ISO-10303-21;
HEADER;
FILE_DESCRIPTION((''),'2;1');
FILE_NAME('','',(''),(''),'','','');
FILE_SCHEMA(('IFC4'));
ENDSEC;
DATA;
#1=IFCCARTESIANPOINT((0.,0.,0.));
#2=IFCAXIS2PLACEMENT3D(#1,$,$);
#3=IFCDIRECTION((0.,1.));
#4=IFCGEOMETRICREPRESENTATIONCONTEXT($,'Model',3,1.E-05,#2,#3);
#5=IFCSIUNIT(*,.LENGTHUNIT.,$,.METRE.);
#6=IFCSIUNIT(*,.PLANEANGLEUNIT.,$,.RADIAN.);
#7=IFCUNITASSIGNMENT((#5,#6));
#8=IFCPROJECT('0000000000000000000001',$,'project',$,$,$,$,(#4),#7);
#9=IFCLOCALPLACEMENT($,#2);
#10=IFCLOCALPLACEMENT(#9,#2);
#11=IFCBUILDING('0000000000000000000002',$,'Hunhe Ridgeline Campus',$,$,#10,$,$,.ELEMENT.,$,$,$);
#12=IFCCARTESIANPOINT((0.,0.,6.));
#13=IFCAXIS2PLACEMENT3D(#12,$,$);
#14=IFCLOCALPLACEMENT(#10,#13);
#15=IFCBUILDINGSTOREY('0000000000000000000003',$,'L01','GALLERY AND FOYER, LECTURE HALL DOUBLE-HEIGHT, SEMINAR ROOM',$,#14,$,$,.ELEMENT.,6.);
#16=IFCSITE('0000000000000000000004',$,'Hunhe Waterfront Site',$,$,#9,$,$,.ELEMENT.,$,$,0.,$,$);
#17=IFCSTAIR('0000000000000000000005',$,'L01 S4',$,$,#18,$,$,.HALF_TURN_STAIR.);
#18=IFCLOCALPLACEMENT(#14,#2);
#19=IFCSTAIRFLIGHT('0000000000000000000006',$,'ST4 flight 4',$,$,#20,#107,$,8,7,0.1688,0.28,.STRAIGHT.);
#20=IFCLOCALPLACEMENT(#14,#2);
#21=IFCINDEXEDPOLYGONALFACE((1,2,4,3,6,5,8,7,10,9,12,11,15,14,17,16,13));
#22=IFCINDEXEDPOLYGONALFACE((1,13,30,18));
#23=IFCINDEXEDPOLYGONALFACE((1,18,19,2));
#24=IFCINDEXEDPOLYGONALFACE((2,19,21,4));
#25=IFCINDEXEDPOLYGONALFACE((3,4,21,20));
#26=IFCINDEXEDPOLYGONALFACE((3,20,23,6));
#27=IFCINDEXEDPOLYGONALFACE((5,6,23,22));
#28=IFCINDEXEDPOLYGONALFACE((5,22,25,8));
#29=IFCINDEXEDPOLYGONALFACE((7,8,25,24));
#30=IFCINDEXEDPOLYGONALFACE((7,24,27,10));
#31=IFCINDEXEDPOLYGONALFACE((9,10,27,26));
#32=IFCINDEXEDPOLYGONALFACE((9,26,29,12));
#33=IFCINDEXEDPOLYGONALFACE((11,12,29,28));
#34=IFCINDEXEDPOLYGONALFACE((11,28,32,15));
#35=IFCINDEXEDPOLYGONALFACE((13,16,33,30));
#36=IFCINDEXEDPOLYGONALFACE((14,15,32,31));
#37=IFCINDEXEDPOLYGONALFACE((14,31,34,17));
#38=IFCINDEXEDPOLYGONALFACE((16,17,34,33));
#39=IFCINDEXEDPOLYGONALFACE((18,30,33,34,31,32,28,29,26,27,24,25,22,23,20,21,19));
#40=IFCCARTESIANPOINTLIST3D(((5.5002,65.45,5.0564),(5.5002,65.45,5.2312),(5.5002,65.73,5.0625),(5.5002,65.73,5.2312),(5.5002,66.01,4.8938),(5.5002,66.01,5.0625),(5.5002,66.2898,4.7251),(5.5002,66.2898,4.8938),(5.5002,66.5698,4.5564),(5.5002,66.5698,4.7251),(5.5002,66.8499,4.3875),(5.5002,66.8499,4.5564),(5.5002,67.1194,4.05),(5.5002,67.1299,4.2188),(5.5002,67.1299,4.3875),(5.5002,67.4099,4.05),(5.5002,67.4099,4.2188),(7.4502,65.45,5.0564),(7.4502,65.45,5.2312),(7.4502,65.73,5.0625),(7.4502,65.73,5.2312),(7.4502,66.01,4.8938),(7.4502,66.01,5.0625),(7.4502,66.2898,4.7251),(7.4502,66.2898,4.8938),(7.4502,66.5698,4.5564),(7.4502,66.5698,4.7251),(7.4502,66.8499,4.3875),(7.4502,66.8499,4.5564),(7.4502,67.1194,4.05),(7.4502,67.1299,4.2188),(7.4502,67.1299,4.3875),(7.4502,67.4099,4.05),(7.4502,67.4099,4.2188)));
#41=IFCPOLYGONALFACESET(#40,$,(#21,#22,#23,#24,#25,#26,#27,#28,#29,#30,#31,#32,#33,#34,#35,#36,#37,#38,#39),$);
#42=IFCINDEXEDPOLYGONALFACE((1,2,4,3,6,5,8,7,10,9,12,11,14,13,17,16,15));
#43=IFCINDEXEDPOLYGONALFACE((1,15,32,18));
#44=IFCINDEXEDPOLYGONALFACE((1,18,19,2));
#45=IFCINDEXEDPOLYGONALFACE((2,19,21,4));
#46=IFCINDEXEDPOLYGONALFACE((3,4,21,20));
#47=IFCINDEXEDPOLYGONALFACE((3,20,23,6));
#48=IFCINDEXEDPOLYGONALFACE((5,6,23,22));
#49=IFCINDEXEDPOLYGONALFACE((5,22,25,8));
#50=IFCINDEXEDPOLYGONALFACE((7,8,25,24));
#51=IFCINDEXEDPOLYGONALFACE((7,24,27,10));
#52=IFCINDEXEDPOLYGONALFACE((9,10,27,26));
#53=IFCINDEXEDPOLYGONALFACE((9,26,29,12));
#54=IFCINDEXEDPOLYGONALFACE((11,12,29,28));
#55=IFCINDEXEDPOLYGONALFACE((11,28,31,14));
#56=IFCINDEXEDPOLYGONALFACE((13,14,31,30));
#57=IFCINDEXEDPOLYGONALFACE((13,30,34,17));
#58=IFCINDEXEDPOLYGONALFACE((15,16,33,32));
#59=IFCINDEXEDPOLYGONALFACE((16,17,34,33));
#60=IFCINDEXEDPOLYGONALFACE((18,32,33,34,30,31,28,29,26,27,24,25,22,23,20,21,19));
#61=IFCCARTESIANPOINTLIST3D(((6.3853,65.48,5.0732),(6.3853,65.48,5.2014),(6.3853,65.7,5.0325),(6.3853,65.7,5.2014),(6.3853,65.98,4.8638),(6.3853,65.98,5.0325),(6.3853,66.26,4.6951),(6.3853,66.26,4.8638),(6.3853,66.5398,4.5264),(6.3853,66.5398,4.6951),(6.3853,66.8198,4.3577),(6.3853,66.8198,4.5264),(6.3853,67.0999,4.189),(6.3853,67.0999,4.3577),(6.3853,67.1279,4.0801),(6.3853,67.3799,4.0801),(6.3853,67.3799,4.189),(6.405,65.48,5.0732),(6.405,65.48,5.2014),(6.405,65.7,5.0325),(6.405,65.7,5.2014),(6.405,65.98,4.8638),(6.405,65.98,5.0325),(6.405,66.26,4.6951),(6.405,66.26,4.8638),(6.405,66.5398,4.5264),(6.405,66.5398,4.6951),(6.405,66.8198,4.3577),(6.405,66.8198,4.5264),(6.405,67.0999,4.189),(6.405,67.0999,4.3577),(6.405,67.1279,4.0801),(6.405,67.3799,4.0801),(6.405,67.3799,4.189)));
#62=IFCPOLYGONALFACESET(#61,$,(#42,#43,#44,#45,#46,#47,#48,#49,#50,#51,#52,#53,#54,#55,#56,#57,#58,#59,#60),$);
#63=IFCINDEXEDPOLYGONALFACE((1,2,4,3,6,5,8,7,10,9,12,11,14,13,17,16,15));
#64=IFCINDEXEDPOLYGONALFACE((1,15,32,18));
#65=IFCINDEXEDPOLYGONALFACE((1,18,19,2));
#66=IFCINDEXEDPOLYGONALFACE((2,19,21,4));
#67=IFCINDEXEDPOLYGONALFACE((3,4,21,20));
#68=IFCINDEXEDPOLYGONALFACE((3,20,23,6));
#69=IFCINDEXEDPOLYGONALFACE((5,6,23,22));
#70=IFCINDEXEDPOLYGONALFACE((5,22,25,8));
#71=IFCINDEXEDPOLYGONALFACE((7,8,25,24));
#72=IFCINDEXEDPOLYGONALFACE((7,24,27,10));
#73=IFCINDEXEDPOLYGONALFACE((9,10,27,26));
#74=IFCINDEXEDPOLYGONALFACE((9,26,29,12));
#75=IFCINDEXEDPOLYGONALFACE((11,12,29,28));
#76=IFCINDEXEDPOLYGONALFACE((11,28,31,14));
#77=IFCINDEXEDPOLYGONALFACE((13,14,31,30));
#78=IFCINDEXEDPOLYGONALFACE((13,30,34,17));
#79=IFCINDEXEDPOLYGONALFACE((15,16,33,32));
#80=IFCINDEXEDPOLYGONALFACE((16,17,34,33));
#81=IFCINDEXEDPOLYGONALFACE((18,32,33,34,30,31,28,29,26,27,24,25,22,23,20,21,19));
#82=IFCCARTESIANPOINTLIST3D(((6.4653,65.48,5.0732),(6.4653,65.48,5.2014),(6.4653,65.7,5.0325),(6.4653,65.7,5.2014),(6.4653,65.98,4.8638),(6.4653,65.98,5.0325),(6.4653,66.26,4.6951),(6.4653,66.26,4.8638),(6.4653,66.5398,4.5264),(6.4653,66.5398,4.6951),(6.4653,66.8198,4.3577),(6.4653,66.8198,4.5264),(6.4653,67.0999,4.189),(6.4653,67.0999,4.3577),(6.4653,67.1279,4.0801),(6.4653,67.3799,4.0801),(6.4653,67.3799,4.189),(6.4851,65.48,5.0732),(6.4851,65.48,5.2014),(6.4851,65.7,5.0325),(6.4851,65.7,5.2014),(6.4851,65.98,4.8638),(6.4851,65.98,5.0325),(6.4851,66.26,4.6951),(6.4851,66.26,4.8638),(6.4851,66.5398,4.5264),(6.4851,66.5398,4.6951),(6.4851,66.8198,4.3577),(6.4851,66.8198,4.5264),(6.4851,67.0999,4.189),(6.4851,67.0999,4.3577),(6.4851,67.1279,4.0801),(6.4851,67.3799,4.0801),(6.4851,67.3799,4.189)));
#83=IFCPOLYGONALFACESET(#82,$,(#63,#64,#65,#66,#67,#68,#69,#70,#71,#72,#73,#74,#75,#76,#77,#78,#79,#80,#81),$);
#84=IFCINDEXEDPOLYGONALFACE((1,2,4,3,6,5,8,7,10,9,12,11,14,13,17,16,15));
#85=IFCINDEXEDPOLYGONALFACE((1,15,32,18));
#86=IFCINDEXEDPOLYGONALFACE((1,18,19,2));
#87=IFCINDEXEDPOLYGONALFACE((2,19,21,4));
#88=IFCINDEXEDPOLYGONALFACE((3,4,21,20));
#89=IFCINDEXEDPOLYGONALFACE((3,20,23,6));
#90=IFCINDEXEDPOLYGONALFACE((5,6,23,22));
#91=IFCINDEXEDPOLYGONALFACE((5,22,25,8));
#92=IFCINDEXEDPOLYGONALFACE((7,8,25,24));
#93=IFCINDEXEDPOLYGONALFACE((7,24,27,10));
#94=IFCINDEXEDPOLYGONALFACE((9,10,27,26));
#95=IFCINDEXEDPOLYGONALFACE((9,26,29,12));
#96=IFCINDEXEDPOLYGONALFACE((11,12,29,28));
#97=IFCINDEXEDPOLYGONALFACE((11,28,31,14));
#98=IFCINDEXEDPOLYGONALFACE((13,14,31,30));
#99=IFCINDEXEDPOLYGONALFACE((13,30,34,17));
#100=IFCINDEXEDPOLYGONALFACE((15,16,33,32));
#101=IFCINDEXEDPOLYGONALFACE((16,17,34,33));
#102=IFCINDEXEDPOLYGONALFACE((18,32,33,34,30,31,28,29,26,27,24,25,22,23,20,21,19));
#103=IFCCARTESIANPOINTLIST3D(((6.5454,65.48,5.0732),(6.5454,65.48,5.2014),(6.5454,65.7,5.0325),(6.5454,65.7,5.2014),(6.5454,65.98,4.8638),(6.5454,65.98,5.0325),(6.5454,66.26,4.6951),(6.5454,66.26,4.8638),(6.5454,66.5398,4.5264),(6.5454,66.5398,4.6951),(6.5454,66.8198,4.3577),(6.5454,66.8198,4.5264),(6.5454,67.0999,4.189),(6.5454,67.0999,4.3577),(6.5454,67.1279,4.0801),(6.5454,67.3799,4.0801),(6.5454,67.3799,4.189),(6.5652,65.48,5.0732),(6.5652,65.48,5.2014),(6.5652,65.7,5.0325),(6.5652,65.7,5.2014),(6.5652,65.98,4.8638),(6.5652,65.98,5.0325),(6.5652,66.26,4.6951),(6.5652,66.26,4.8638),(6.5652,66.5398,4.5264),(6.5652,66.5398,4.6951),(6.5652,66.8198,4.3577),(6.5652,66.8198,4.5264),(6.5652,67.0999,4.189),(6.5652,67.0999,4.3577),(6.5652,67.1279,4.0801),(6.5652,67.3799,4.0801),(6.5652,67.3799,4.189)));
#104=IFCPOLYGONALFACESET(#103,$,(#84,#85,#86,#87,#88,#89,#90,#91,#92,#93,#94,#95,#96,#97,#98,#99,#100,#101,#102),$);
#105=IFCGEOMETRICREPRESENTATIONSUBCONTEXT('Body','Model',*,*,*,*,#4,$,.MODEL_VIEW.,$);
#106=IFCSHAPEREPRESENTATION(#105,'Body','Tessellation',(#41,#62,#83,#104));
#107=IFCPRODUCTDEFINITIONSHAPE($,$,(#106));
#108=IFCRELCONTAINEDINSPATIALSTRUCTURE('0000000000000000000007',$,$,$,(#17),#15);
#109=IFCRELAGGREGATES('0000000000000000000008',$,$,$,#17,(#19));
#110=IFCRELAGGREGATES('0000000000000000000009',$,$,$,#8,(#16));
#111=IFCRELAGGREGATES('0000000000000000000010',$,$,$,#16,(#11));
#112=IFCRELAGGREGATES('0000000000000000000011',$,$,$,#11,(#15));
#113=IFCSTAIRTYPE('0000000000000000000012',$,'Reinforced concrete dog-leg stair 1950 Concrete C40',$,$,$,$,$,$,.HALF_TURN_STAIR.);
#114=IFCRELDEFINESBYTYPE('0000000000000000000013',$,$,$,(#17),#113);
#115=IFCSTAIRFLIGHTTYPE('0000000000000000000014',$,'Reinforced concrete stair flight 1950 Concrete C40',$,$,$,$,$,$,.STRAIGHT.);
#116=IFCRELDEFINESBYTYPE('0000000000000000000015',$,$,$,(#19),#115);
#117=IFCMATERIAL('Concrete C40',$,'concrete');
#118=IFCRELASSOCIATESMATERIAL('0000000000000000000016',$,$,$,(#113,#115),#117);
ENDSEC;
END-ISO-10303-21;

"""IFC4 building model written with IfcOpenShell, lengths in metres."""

from ifc_helpers import new_model, si_unit, direction, frame, origin, place, context, subcontext, project, spatial, polyline, outline, extrude, material, type_object, element, aggregate, save


model = new_model("IFC4")

# Units and contexts
model_context = context("Model", 3, precision=1e-05, world=origin(), true_north=direction((0.0, 1.0)))
body_context = subcontext(model_context, "Body", "Model", "MODEL_VIEW")
ifc_project = project(units=[si_unit("LENGTHUNIT", "METRE"), si_unit("PLANEANGLEUNIT", "RADIAN")], contexts=[model_context])

# Site, building, storey
site_placement = place(None, origin())
site = spatial("IfcSite", under=ifc_project, at=site_placement, Name="Hunhe Waterfront Site", CompositionType="ELEMENT", RefElevation=0.0)
building_placement = place(site_placement, origin())
building = spatial("IfcBuilding", under=site, at=building_placement, Name="Hunhe Ridgeline Campus", CompositionType="ELEMENT")
storey_placement = place(building_placement, frame((0.0, 0.0, 6.0)))
storey = spatial("IfcBuildingStorey", under=building, at=storey_placement, Name="L01", Description="GALLERY AND FOYER, LECTURE HALL DOUBLE-HEIGHT, SEMINAR ROOM", CompositionType="ELEMENT", Elevation=6.0)

# Stair, stair flight
ifc_material_1 = material(Name="Concrete C40", Category="concrete")
stair_type = type_object("IfcStairType", Name="Reinforced concrete dog-leg stair 1950 Concrete C40", PredefinedType="HALF_TURN_STAIR", material=ifc_material_1)
stair_flight_type = type_object("IfcStairFlightType", Name="Reinforced concrete stair flight 1950 Concrete C40", PredefinedType="STRAIGHT", material=ifc_material_1)
stair_1_placement = place(storey_placement, origin())
stair_1 = element("IfcStair", 1, at=stair_1_placement, inside=storey, type_object=stair_type, Name="L01 S4", PredefinedType="HALF_TURN_STAIR")
stair_flight_1_placement = place(storey_placement, frame((6.4751, 67.4099, 4.05), z_axis=(0.0, 0.0, 1.0), x_axis=(0.0, -1.0, 0.0)))
stair_flight_1 = element("IfcStairFlight", 2, at=stair_flight_1_placement, type_object=stair_flight_type, Name="ST4 flight 4", NumberOfRisers=8, NumberOfTreads=7, PredefinedType="STRAIGHT", RiserHeight=0.1688, TreadLength=0.28, context=body_context, shape_type="SweptSolid", body=[
    extrude(outline(polyline([(0.0, 0.0), (0.0, 0.1687), (0.28, 0.1687), (0.28, 0.3374), (0.5601, 0.3374), (0.5601, 0.5063), (0.8401, 0.5063), (0.8401, 0.675), (1.1201, 0.675), (1.1201, 0.8438), (1.3999, 0.8438), (1.3999, 1.0125), (1.6799, 1.0125), (1.6799, 1.1812), (1.96, 1.1812), (1.96, 1.3501), (1.96, 1.0063), (0.2905, 0.0), (0.0, 0.0)])), frame((0.0, 0.9751, 0.0), z_axis=(0.0, -1.0, 0.0), x_axis=(1.0, 0.0, 0.0)), (0.0, 0.0, 1.0), 1.95),
    extrude(outline(polyline([(0.03, 0.03), (0.03, 0.1389), (0.3101, 0.1389), (0.3101, 0.3076), (0.5901, 0.3076), (0.5901, 0.4763), (0.8701, 0.4763), (0.8701, 0.645), (1.1499, 0.645), (1.1499, 0.8137), (1.4299, 0.8137), (1.4299, 0.9824), (1.71, 0.9824), (1.71, 1.1514), (1.9299, 1.1514), (1.9299, 1.0232), (0.282, 0.03), (0.03, 0.03)])), frame((0.0, -0.0701, 0.0), z_axis=(0.0, -1.0, 0.0), x_axis=(1.0, 0.0, 0.0)), (0.0, 0.0, 1.0), 0.0198),
    extrude(outline(polyline([(0.03, 0.03), (0.03, 0.1389), (0.3101, 0.1389), (0.3101, 0.3076), (0.5901, 0.3076), (0.5901, 0.4763), (0.8701, 0.4763), (0.8701, 0.645), (1.1499, 0.645), (1.1499, 0.8137), (1.4299, 0.8137), (1.4299, 0.9824), (1.71, 0.9824), (1.71, 1.1514), (1.9299, 1.1514), (1.9299, 1.0232), (0.282, 0.03), (0.03, 0.03)])), frame((0.0, 0.01, 0.0), z_axis=(0.0, -1.0, 0.0), x_axis=(1.0, 0.0, 0.0)), (0.0, 0.0, 1.0), 0.0198),
    extrude(outline(polyline([(0.03, 0.03), (0.03, 0.1389), (0.3101, 0.1389), (0.3101, 0.3076), (0.5901, 0.3076), (0.5901, 0.4763), (0.8701, 0.4763), (0.8701, 0.645), (1.1499, 0.645), (1.1499, 0.8137), (1.4299, 0.8137), (1.4299, 0.9824), (1.71, 0.9824), (1.71, 1.1514), (1.9299, 1.1514), (1.9299, 1.0232), (0.282, 0.03), (0.03, 0.03)])), frame((0.0, 0.0901, 0.0), z_axis=(0.0, -1.0, 0.0), x_axis=(1.0, 0.0, 0.0)), (0.0, 0.0, 1.0), 0.0198),
])
aggregate(stair_1, [stair_flight_1])

save(model, "model.ifc")
